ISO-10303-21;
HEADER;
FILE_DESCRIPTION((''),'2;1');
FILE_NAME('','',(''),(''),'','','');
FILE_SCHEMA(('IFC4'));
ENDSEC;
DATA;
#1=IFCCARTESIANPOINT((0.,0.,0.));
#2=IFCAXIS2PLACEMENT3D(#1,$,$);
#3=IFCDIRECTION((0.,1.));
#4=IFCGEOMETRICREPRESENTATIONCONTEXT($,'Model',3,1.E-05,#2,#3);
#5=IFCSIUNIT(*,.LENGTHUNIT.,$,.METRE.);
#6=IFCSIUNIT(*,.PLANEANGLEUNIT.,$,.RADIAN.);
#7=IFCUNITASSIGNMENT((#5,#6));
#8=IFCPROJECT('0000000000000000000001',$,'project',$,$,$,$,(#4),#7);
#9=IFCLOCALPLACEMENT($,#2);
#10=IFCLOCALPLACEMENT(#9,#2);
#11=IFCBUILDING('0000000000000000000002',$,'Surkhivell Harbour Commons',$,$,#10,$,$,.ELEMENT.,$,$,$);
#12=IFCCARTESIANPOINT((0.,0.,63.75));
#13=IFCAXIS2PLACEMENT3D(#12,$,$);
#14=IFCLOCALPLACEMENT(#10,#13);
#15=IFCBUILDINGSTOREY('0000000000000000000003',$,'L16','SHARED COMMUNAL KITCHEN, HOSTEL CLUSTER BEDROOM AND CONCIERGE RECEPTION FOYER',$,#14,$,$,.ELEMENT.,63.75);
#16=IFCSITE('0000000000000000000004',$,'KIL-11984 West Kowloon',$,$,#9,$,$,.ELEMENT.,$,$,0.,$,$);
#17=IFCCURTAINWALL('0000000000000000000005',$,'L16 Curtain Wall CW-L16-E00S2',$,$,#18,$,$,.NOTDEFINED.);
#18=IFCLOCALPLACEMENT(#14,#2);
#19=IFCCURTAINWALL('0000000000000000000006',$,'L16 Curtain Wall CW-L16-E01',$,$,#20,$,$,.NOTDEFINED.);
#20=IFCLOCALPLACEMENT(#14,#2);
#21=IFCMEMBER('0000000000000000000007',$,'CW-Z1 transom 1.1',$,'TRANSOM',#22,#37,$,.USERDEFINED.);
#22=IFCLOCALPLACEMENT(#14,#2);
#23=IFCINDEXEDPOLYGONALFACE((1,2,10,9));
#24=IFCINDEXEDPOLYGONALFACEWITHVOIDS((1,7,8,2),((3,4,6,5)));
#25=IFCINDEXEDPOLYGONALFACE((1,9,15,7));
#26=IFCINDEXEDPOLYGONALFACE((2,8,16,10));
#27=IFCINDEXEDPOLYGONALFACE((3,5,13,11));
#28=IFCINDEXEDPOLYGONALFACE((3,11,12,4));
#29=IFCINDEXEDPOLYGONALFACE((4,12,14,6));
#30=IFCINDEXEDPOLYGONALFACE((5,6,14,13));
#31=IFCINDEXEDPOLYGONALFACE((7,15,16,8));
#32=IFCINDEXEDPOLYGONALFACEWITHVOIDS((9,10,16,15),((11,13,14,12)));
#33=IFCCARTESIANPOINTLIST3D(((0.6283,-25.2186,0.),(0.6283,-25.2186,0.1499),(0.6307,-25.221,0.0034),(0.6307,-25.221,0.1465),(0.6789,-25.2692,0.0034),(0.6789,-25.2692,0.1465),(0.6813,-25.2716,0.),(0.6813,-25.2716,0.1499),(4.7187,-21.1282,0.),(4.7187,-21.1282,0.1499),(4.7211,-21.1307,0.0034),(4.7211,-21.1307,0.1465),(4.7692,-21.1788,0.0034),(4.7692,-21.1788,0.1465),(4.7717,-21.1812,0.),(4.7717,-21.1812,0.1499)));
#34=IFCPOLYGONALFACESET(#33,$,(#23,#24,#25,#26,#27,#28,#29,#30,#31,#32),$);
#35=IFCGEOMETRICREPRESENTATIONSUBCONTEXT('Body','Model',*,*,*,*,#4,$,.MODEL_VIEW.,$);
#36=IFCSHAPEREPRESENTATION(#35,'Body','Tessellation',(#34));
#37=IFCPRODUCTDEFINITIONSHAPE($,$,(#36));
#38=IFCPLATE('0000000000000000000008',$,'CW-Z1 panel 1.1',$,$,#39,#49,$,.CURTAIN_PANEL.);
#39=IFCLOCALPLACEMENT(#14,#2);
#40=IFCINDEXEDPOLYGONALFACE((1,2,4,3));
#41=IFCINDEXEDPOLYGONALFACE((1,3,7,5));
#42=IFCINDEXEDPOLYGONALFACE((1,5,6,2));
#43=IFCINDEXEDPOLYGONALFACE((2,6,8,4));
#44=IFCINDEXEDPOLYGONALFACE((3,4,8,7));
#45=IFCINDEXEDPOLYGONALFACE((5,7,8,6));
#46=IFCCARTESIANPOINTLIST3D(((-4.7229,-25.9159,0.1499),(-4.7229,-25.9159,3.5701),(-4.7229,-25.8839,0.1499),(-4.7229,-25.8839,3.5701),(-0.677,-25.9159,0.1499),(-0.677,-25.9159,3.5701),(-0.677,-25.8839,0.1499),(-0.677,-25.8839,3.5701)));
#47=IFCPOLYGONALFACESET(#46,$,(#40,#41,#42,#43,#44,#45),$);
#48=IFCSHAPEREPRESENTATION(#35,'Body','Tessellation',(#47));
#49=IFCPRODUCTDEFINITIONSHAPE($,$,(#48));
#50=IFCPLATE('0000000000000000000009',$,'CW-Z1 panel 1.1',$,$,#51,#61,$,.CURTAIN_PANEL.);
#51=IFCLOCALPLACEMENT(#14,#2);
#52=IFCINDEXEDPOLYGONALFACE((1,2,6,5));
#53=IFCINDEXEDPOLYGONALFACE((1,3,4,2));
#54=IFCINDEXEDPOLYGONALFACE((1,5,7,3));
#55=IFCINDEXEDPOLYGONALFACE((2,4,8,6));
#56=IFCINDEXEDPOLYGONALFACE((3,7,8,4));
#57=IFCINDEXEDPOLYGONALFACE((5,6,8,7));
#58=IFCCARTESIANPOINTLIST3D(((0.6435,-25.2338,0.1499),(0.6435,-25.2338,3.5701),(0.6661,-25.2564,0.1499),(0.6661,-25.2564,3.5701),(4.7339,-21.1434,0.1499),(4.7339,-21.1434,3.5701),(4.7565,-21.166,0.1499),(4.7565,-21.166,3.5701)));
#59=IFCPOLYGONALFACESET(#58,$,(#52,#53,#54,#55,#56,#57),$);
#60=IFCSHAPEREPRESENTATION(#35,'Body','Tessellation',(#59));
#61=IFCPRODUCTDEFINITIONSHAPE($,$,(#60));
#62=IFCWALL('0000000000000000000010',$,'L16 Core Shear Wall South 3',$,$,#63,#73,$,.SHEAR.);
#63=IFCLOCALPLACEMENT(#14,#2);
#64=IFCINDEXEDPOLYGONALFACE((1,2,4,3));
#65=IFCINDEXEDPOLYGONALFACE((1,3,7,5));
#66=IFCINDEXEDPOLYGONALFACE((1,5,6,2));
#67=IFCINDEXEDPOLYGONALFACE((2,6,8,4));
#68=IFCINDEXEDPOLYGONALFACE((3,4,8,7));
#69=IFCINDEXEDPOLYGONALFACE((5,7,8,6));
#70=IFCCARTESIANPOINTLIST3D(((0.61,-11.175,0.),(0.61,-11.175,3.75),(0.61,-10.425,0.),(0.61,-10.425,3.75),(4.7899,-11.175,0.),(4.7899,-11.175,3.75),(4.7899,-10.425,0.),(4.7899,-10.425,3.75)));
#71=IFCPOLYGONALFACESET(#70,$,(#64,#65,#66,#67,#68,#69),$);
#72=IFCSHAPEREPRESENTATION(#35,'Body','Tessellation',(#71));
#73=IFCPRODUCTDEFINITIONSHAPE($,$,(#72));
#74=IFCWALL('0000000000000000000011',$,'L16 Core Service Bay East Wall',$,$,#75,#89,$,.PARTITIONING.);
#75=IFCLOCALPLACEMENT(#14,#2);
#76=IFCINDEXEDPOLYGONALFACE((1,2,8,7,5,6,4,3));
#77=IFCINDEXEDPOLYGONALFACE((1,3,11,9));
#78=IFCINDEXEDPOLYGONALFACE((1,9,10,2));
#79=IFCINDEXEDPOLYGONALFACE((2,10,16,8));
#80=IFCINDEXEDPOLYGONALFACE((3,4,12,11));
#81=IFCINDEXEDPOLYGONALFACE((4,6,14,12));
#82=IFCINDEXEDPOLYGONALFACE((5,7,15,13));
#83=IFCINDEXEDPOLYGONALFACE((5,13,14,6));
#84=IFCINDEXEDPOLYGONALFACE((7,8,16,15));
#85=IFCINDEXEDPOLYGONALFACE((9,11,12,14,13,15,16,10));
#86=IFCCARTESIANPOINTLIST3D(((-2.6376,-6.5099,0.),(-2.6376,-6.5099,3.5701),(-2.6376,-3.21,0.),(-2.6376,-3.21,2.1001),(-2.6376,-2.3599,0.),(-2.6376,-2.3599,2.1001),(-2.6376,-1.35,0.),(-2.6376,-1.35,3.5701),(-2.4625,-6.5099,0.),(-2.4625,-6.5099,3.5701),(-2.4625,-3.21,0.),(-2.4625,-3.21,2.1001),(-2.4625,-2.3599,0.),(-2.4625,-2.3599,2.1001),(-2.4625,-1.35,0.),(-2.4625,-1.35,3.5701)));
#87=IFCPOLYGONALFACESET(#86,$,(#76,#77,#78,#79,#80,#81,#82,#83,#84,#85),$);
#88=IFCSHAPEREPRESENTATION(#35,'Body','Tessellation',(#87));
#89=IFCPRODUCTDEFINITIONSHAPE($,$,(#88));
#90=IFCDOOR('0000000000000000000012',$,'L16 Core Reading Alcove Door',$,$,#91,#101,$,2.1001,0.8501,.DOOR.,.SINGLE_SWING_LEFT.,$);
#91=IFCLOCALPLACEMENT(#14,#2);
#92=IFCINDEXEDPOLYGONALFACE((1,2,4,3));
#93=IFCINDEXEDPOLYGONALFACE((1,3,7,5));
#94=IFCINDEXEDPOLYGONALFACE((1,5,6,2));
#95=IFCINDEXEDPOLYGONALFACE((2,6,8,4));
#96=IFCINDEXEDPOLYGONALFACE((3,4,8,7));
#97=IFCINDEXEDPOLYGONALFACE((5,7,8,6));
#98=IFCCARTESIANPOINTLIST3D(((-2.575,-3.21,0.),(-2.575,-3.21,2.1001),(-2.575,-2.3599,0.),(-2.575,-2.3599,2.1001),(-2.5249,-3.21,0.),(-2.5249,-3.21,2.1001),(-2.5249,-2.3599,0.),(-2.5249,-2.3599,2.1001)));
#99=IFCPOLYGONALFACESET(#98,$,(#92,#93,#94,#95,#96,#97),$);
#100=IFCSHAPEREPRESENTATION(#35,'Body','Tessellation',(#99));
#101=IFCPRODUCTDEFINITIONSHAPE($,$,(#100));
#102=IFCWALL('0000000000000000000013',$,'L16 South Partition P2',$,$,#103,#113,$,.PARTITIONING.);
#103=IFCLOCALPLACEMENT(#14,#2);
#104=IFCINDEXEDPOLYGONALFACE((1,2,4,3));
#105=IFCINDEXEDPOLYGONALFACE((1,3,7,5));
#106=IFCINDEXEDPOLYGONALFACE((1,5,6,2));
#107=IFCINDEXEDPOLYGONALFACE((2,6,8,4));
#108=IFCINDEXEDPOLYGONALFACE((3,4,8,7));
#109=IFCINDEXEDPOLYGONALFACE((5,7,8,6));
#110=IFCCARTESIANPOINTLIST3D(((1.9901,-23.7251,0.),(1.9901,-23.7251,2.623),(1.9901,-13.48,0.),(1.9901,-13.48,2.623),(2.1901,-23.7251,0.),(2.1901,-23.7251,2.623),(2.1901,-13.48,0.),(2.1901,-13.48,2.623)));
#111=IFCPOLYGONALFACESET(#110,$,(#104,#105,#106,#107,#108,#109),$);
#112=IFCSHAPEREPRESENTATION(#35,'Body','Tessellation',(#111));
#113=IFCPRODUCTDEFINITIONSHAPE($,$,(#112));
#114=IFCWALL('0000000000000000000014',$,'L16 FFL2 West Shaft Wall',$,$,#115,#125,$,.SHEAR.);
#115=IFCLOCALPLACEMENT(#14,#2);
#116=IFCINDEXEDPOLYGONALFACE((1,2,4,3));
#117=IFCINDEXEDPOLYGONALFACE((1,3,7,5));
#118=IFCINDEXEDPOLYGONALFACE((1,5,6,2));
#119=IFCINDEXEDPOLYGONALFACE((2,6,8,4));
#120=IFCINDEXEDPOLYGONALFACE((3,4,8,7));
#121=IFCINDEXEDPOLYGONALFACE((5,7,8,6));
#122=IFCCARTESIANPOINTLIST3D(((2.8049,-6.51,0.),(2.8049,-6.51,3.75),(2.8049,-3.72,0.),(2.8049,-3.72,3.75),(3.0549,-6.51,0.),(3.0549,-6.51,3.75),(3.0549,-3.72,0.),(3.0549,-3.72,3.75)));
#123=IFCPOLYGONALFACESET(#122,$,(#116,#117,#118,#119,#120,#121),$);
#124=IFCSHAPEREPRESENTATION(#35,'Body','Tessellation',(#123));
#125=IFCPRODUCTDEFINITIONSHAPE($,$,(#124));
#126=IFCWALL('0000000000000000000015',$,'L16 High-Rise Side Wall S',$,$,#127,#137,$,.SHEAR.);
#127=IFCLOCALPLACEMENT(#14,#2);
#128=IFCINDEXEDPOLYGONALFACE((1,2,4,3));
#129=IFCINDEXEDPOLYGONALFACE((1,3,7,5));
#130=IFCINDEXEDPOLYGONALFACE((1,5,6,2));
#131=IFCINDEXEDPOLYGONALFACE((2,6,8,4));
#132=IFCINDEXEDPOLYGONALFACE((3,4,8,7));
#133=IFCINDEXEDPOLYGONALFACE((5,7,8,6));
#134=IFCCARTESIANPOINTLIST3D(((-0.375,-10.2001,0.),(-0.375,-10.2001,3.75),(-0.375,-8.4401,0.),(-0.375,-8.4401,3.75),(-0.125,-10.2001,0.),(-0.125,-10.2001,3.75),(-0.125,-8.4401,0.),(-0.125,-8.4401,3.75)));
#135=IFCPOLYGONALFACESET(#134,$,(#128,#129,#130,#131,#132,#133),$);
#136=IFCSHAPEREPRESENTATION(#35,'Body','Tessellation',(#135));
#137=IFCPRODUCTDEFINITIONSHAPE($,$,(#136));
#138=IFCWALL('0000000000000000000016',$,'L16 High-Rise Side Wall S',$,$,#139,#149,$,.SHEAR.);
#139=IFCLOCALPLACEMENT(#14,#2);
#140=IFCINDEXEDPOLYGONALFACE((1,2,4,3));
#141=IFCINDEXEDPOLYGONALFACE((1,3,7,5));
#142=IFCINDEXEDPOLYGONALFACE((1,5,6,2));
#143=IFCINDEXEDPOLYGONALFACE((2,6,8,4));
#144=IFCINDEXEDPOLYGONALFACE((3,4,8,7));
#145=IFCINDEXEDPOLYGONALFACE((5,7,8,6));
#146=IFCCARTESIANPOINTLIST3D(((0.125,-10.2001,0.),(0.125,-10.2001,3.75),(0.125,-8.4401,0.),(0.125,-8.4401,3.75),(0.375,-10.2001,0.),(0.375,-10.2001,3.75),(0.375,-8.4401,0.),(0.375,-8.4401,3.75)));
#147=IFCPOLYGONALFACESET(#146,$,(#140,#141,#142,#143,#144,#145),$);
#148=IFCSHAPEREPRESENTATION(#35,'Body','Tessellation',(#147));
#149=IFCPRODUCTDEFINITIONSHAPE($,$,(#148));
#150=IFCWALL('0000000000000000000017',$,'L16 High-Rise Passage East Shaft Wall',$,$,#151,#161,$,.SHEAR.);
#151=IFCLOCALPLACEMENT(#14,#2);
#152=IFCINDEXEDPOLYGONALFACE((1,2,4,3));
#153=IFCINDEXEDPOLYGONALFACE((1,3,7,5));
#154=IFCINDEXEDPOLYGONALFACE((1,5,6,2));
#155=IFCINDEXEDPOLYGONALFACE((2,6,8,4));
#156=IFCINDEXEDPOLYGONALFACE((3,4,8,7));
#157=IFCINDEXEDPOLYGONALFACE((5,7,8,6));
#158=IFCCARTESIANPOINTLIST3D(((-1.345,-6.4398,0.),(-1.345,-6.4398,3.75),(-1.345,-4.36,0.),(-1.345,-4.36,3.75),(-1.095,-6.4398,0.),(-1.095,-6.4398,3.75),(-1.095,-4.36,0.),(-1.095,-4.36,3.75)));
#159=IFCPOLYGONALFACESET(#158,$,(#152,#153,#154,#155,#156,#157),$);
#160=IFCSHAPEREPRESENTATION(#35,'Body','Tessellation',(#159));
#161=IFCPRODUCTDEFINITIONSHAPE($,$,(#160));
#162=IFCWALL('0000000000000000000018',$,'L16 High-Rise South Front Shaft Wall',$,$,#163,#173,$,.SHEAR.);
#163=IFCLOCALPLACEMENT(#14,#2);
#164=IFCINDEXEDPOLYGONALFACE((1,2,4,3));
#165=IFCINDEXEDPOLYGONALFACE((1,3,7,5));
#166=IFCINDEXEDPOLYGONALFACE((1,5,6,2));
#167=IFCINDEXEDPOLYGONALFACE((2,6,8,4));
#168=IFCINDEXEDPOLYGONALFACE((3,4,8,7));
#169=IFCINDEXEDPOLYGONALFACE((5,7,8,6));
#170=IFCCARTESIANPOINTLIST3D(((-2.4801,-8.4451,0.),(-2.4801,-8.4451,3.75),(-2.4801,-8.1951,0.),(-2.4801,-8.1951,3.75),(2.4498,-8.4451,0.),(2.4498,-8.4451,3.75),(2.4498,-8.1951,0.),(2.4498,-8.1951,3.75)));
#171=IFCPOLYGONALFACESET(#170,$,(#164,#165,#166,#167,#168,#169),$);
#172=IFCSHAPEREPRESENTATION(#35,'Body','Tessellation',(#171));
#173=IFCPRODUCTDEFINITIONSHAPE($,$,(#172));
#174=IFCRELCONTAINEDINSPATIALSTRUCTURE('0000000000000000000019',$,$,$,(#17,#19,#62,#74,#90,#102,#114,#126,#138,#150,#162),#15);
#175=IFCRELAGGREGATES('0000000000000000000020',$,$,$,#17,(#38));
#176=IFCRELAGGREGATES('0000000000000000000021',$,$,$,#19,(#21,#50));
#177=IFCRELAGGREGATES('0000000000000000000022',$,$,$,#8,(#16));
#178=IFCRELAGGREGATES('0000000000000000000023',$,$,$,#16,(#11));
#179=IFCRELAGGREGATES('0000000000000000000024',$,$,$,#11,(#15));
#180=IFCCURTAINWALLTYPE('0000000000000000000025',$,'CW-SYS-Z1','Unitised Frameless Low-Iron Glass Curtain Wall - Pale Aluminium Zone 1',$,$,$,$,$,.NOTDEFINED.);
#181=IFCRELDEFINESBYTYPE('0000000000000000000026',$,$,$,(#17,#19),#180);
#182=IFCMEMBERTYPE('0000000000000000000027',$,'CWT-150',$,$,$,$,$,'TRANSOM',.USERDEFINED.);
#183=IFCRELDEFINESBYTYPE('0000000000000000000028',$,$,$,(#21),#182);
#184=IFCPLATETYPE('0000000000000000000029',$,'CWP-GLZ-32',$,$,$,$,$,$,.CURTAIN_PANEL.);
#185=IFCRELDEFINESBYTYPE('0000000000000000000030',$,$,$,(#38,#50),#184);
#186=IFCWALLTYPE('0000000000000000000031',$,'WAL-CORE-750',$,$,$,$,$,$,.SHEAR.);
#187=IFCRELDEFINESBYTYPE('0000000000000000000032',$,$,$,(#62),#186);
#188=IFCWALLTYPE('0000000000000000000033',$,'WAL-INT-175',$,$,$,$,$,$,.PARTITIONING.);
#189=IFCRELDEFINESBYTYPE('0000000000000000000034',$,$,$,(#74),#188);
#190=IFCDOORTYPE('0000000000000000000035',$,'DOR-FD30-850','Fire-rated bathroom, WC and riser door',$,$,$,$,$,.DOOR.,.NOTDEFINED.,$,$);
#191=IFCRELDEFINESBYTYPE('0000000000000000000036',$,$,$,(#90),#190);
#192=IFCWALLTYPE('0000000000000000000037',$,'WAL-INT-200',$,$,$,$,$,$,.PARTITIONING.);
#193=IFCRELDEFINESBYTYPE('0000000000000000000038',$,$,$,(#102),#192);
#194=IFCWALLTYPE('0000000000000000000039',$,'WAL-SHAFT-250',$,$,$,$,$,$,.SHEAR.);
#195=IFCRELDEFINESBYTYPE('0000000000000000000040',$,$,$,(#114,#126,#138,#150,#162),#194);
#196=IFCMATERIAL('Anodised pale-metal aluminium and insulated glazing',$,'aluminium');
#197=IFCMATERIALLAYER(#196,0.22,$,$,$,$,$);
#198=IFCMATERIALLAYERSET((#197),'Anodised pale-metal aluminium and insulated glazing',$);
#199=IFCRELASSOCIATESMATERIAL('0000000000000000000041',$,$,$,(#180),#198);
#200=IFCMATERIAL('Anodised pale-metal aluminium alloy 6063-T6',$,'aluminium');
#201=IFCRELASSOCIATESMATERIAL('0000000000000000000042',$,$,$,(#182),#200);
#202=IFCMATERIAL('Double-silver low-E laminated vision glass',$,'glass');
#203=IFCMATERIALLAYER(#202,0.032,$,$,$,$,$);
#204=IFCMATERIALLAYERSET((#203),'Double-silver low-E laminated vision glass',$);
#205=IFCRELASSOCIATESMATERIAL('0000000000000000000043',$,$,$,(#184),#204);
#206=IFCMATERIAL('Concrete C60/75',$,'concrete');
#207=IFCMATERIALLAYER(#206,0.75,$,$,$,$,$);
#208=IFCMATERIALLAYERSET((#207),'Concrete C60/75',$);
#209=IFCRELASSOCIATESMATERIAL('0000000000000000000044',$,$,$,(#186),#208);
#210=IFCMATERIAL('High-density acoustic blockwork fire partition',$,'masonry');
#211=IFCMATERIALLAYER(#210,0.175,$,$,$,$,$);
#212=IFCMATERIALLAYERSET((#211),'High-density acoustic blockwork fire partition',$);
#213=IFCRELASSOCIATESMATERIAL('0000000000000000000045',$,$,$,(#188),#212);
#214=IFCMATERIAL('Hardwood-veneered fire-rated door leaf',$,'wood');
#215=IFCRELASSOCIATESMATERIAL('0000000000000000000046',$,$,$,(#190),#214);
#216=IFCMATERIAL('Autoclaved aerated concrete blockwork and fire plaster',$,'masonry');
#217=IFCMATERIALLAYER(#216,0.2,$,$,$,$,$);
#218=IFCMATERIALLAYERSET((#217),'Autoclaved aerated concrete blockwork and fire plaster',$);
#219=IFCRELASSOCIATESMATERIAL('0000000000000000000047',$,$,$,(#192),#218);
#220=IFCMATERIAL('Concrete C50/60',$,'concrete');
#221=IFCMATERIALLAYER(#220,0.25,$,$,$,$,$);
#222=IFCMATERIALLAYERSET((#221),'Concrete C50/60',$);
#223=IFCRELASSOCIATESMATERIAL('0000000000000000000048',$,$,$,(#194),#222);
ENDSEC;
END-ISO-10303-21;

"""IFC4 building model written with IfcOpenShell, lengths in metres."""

from ifc_helpers import new_model, si_unit, direction, frame, frame_2d, origin, origin_2d, place, context, subcontext, project, spatial, rectangle, hollow_rectangle, extrude, material, layer, layer_set, material_profile, profile_set, type_object, element, fill, aggregate, save


model = new_model("IFC4")

# Units and contexts
model_context = context("Model", 3, precision=1e-05, world=origin(), true_north=direction((0.0, 1.0)))
body_context = subcontext(model_context, "Body", "Model", "MODEL_VIEW")
ifc_project = project(units=[si_unit("LENGTHUNIT", "METRE"), si_unit("PLANEANGLEUNIT", "RADIAN")], contexts=[model_context])

# Site, building, storey
site_placement = place(None, origin())
site = spatial("IfcSite", under=ifc_project, at=site_placement, Name="KIL-11984 West Kowloon", CompositionType="ELEMENT", RefElevation=0.0)
building_placement = place(site_placement, origin())
building = spatial("IfcBuilding", under=site, at=building_placement, Name="Surkhivell Harbour Commons", CompositionType="ELEMENT")
storey_placement = place(building_placement, frame((0.0, 0.0, 63.75)))
storey = spatial("IfcBuildingStorey", under=building, at=storey_placement, Name="L16", Description="SHARED COMMUNAL KITCHEN, HOSTEL CLUSTER BEDROOM AND CONCIERGE RECEPTION FOYER", CompositionType="ELEMENT", Elevation=63.75)

# Curtain wall
ifc_material_1 = material(Name="Anodised pale-metal aluminium and insulated glazing", Category="aluminium")
ifc_layer_1 = layer(ifc_material_1, 0.22)
ifc_layer_set_1 = layer_set([ifc_layer_1], Name="Anodised pale-metal aluminium and insulated glazing")
curtain_wall_type = type_object("IfcCurtainWallType", Name="CW-SYS-Z1", Description="Unitised Frameless Low-Iron Glass Curtain Wall - Pale Aluminium Zone 1", PredefinedType="NOTDEFINED", material=ifc_layer_set_1)
curtain_wall_1_placement = place(storey_placement, origin())
curtain_wall_1 = element("IfcCurtainWall", 1, at=curtain_wall_1_placement, inside=storey, type_object=curtain_wall_type, Name="L16 Curtain Wall CW-L16-E00S2", PredefinedType="NOTDEFINED")
ifc_material_2 = material(Name="Anodised pale-metal aluminium alloy 6063-T6", Category="aluminium")

# Curtain wall
curtain_wall_2_placement = place(storey_placement, origin())
curtain_wall_2 = element("IfcCurtainWall", 2, at=curtain_wall_2_placement, inside=storey, type_object=curtain_wall_type, Name="L16 Curtain Wall CW-L16-E01", PredefinedType="NOTDEFINED")

# Member
ifc_material_profile_1 = material_profile(ifc_material_2, hollow_rectangle(XDim=0.075, YDim=0.1499, WallThickness=0.0034, at=origin_2d()), Name="ALU-TRAN-75x150")
ifc_profile_set_1 = profile_set([ifc_material_profile_1], Name="Anodised pale-metal aluminium alloy 6063-T6")
member_type_1 = type_object("IfcMemberType", Name="CWT-150", ElementType="TRANSOM", PredefinedType="USERDEFINED", material=ifc_profile_set_1)
member_1_placement = place(storey_placement, frame((0.6548, -25.2451, 0.075), z_axis=(0.707107, 0.707107, 0.0), x_axis=(-0.707107, 0.707107, 0.0)))
member_1 = element("IfcMember", 3, at=member_1_placement, type_object=member_type_1, Name="CW-Z1 transom 1.1", ObjectType="TRANSOM", PredefinedType="USERDEFINED", context=body_context, shape_type="SweptSolid", body=[
    extrude(hollow_rectangle(XDim=0.075, YDim=0.1499, WallThickness=0.0034, at=origin_2d()), origin(), (0.0, 0.0, 1.0), 5.7847),
])

# Plates
ifc_material_3 = material(Name="Double-silver low-E laminated vision glass", Category="glass")
ifc_layer_2 = layer(ifc_material_3, 0.032)
ifc_layer_set_2 = layer_set([ifc_layer_2], Name="Double-silver low-E laminated vision glass")
plate_type = type_object("IfcPlateType", Name="CWP-GLZ-32", PredefinedType="CURTAIN_PANEL", material=ifc_layer_set_2)
plate_1_placement = place(storey_placement, frame((-4.7229, -25.8999, 0.1499), z_axis=(0.0, 0.0, 1.0), x_axis=(1.0, 0.0, 0.0)))
plate_1 = element("IfcPlate", 4, at=plate_1_placement, type_object=plate_type, Name="CW-Z1 panel 1.1", PredefinedType="CURTAIN_PANEL", context=body_context, shape_type="SweptSolid", body=[
    extrude(rectangle(XDim=4.0459, YDim=0.032, at=frame_2d((2.0229, 0.0))), origin(), (0.0, 0.0, 1.0), 3.4202),
])
aggregate(curtain_wall_1, [plate_1])
plate_2_placement = place(storey_placement, frame((0.6548, -25.2451, 0.1499), z_axis=(0.0, 0.0, 1.0), x_axis=(0.707107, 0.707107, 0.0)))
plate_2 = element("IfcPlate", 5, at=plate_2_placement, type_object=plate_type, Name="CW-Z1 panel 1.1", PredefinedType="CURTAIN_PANEL", context=body_context, shape_type="SweptSolid", body=[
    extrude(rectangle(XDim=5.7847, YDim=0.032, at=frame_2d((2.8923, 0.0))), origin(), (0.0, 0.0, 1.0), 3.4202),
])
aggregate(curtain_wall_2, [member_1, plate_2])

# Wall
ifc_material_4 = material(Name="Concrete C60/75", Category="concrete")
ifc_layer_3 = layer(ifc_material_4, 0.75)
ifc_layer_set_3 = layer_set([ifc_layer_3], Name="Concrete C60/75")
wall_type_1 = type_object("IfcWallType", Name="WAL-CORE-750", PredefinedType="SHEAR", material=ifc_layer_set_3)
wall_1_placement = place(storey_placement, frame((0.6101, -10.8, 0.0), z_axis=(0.0, 0.0, 1.0), x_axis=(1.0, 0.0, 0.0)))
element("IfcWall", 6, at=wall_1_placement, inside=storey, type_object=wall_type_1, Name="L16 Core Shear Wall South 3", PredefinedType="SHEAR", context=body_context, shape_type="SweptSolid", body=[
    extrude(rectangle(XDim=4.1799, YDim=0.75, at=frame_2d((2.0898, 0.0))), origin(), (0.0, 0.0, 1.0), 3.75),
])

# Wall, opening, door
ifc_material_5 = material(Name="High-density acoustic blockwork fire partition", Category="masonry")
ifc_layer_4 = layer(ifc_material_5, 0.175)
ifc_layer_set_4 = layer_set([ifc_layer_4], Name="High-density acoustic blockwork fire partition")
wall_type_2 = type_object("IfcWallType", Name="WAL-INT-175", PredefinedType="PARTITIONING", material=ifc_layer_set_4)
wall_2_placement = place(storey_placement, frame((-2.55, -6.51, 0.0), z_axis=(0.0, 0.0, 1.0), x_axis=(0.0, 1.0, 0.0)))
wall_2 = element("IfcWall", 7, at=wall_2_placement, inside=storey, type_object=wall_type_2, Name="L16 Core Service Bay East Wall", PredefinedType="PARTITIONING", context=body_context, shape_type="SweptSolid", body=[
    extrude(rectangle(XDim=5.1599, YDim=0.175, at=frame_2d((2.5801, 0.0))), origin(), (0.0, 0.0, 1.0), 3.5701),
])
opening_1_placement = place(wall_2_placement, frame((3.3, 0.0, 0.0)))
opening_1 = element("IfcOpeningElement", 8, at=opening_1_placement, cuts=wall_2, PredefinedType="OPENING", context=body_context, shape_type="SweptSolid", body=[
    extrude(rectangle(XDim=0.8501, YDim=2.1001, at=frame_2d((0.425, 1.05))), frame((0.0, 0.0974, 0.0), z_axis=(0.0, -1.0, 0.0), x_axis=(1.0, 0.0, 0.0)), (0.0, 0.0, 1.0), 0.1951),
])
ifc_material_6 = material(Name="Hardwood-veneered fire-rated door leaf", Category="wood")
door_type_1 = type_object("IfcDoorType", Name="DOR-FD30-850", Description="Fire-rated bathroom, WC and riser door", OperationType="NOTDEFINED", PredefinedType="DOOR", material=ifc_material_6)
door_1_placement = place(opening_1_placement, origin())
door_1 = element("IfcDoor", 9, at=door_1_placement, inside=storey, type_object=door_type_1, Name="L16 Core Reading Alcove Door", OperationType="SINGLE_SWING_LEFT", OverallHeight=2.1001, OverallWidth=0.8501, PredefinedType="DOOR", context=body_context, shape_type="SweptSolid", body=[
    extrude(rectangle(XDim=0.8501, YDim=2.1001, at=frame_2d((0.425, 1.05))), frame((0.0, 0.0249, 0.0), z_axis=(0.0, -1.0, 0.0), x_axis=(1.0, 0.0, 0.0)), (0.0, 0.0, 1.0), 0.05),
])
fill(opening_1, door_1)

# Walls
ifc_material_7 = material(Name="Autoclaved aerated concrete blockwork and fire plaster", Category="masonry")
ifc_layer_5 = layer(ifc_material_7, 0.2)
ifc_layer_set_5 = layer_set([ifc_layer_5], Name="Autoclaved aerated concrete blockwork and fire plaster")
wall_type_3 = type_object("IfcWallType", Name="WAL-INT-200", PredefinedType="PARTITIONING", material=ifc_layer_set_5)
wall_3_placement = place(storey_placement, frame((2.0901, -23.7251, 0.0), z_axis=(0.0, 0.0, 1.0), x_axis=(0.0, 1.0, 0.0)))
element("IfcWall", 10, at=wall_3_placement, inside=storey, type_object=wall_type_3, Name="L16 South Partition P2", PredefinedType="PARTITIONING", context=body_context, shape_type="SweptSolid", body=[
    extrude(rectangle(XDim=10.2451, YDim=0.2, at=frame_2d((5.1226, 0.0))), origin(), (0.0, 0.0, 1.0), 2.623),
])
ifc_material_8 = material(Name="Concrete C50/60", Category="concrete")
ifc_layer_6 = layer(ifc_material_8, 0.25)
ifc_layer_set_6 = layer_set([ifc_layer_6], Name="Concrete C50/60")
wall_type_4 = type_object("IfcWallType", Name="WAL-SHAFT-250", PredefinedType="SHEAR", material=ifc_layer_set_6)
wall_4_placement = place(storey_placement, frame((2.9299, -6.51, 0.0), z_axis=(0.0, 0.0, 1.0), x_axis=(0.0, 1.0, 0.0)))
element("IfcWall", 11, at=wall_4_placement, inside=storey, type_object=wall_type_4, Name="L16 FFL2 West Shaft Wall", PredefinedType="SHEAR", context=body_context, shape_type="SweptSolid", body=[
    extrude(rectangle(XDim=2.79, YDim=0.25, at=frame_2d((1.395, 0.0))), origin(), (0.0, 0.0, 1.0), 3.75),
])
for number, where, z_axis, x_axis, name in (
    (12, (-0.25, -10.2, 0.0), (0.0, 0.0, 1.0), (0.0, 1.0, 0.0), "L16 High-Rise Side Wall S"),
    (13, (0.25, -10.2, 0.0), (0.0, 0.0, 1.0), (0.0, 1.0, 0.0), "L16 High-Rise Side Wall S"),
):
    element("IfcWall", number, at=place(storey_placement, frame(where, z_axis=z_axis, x_axis=x_axis)), inside=storey, type_object=wall_type_4, Name=name, PredefinedType="SHEAR", context=body_context, shape_type="SweptSolid", body=[
        extrude(rectangle(XDim=1.76, YDim=0.25, at=frame_2d((0.8799, 0.0))), origin(), (0.0, 0.0, 1.0), 3.75),
    ])
wall_5_placement = place(storey_placement, frame((-1.22, -6.4399, 0.0), z_axis=(0.0, 0.0, 1.0), x_axis=(0.0, 1.0, 0.0)))
element("IfcWall", 14, at=wall_5_placement, inside=storey, type_object=wall_type_4, Name="L16 High-Rise Passage East Shaft Wall", PredefinedType="SHEAR", context=body_context, shape_type="SweptSolid", body=[
    extrude(rectangle(XDim=2.0798, YDim=0.25, at=frame_2d((1.04, 0.0))), origin(), (0.0, 0.0, 1.0), 3.75),
])
wall_6_placement = place(storey_placement, frame((-2.48, -8.3201, 0.0), z_axis=(0.0, 0.0, 1.0), x_axis=(1.0, 0.0, 0.0)))
element("IfcWall", 15, at=wall_6_placement, inside=storey, type_object=wall_type_4, Name="L16 High-Rise South Front Shaft Wall", PredefinedType="SHEAR", context=body_context, shape_type="SweptSolid", body=[
    extrude(rectangle(XDim=4.9299, YDim=0.25, at=frame_2d((2.4648, 0.0))), origin(), (0.0, 0.0, 1.0), 3.75),
])

save(model, "model.ifc")
